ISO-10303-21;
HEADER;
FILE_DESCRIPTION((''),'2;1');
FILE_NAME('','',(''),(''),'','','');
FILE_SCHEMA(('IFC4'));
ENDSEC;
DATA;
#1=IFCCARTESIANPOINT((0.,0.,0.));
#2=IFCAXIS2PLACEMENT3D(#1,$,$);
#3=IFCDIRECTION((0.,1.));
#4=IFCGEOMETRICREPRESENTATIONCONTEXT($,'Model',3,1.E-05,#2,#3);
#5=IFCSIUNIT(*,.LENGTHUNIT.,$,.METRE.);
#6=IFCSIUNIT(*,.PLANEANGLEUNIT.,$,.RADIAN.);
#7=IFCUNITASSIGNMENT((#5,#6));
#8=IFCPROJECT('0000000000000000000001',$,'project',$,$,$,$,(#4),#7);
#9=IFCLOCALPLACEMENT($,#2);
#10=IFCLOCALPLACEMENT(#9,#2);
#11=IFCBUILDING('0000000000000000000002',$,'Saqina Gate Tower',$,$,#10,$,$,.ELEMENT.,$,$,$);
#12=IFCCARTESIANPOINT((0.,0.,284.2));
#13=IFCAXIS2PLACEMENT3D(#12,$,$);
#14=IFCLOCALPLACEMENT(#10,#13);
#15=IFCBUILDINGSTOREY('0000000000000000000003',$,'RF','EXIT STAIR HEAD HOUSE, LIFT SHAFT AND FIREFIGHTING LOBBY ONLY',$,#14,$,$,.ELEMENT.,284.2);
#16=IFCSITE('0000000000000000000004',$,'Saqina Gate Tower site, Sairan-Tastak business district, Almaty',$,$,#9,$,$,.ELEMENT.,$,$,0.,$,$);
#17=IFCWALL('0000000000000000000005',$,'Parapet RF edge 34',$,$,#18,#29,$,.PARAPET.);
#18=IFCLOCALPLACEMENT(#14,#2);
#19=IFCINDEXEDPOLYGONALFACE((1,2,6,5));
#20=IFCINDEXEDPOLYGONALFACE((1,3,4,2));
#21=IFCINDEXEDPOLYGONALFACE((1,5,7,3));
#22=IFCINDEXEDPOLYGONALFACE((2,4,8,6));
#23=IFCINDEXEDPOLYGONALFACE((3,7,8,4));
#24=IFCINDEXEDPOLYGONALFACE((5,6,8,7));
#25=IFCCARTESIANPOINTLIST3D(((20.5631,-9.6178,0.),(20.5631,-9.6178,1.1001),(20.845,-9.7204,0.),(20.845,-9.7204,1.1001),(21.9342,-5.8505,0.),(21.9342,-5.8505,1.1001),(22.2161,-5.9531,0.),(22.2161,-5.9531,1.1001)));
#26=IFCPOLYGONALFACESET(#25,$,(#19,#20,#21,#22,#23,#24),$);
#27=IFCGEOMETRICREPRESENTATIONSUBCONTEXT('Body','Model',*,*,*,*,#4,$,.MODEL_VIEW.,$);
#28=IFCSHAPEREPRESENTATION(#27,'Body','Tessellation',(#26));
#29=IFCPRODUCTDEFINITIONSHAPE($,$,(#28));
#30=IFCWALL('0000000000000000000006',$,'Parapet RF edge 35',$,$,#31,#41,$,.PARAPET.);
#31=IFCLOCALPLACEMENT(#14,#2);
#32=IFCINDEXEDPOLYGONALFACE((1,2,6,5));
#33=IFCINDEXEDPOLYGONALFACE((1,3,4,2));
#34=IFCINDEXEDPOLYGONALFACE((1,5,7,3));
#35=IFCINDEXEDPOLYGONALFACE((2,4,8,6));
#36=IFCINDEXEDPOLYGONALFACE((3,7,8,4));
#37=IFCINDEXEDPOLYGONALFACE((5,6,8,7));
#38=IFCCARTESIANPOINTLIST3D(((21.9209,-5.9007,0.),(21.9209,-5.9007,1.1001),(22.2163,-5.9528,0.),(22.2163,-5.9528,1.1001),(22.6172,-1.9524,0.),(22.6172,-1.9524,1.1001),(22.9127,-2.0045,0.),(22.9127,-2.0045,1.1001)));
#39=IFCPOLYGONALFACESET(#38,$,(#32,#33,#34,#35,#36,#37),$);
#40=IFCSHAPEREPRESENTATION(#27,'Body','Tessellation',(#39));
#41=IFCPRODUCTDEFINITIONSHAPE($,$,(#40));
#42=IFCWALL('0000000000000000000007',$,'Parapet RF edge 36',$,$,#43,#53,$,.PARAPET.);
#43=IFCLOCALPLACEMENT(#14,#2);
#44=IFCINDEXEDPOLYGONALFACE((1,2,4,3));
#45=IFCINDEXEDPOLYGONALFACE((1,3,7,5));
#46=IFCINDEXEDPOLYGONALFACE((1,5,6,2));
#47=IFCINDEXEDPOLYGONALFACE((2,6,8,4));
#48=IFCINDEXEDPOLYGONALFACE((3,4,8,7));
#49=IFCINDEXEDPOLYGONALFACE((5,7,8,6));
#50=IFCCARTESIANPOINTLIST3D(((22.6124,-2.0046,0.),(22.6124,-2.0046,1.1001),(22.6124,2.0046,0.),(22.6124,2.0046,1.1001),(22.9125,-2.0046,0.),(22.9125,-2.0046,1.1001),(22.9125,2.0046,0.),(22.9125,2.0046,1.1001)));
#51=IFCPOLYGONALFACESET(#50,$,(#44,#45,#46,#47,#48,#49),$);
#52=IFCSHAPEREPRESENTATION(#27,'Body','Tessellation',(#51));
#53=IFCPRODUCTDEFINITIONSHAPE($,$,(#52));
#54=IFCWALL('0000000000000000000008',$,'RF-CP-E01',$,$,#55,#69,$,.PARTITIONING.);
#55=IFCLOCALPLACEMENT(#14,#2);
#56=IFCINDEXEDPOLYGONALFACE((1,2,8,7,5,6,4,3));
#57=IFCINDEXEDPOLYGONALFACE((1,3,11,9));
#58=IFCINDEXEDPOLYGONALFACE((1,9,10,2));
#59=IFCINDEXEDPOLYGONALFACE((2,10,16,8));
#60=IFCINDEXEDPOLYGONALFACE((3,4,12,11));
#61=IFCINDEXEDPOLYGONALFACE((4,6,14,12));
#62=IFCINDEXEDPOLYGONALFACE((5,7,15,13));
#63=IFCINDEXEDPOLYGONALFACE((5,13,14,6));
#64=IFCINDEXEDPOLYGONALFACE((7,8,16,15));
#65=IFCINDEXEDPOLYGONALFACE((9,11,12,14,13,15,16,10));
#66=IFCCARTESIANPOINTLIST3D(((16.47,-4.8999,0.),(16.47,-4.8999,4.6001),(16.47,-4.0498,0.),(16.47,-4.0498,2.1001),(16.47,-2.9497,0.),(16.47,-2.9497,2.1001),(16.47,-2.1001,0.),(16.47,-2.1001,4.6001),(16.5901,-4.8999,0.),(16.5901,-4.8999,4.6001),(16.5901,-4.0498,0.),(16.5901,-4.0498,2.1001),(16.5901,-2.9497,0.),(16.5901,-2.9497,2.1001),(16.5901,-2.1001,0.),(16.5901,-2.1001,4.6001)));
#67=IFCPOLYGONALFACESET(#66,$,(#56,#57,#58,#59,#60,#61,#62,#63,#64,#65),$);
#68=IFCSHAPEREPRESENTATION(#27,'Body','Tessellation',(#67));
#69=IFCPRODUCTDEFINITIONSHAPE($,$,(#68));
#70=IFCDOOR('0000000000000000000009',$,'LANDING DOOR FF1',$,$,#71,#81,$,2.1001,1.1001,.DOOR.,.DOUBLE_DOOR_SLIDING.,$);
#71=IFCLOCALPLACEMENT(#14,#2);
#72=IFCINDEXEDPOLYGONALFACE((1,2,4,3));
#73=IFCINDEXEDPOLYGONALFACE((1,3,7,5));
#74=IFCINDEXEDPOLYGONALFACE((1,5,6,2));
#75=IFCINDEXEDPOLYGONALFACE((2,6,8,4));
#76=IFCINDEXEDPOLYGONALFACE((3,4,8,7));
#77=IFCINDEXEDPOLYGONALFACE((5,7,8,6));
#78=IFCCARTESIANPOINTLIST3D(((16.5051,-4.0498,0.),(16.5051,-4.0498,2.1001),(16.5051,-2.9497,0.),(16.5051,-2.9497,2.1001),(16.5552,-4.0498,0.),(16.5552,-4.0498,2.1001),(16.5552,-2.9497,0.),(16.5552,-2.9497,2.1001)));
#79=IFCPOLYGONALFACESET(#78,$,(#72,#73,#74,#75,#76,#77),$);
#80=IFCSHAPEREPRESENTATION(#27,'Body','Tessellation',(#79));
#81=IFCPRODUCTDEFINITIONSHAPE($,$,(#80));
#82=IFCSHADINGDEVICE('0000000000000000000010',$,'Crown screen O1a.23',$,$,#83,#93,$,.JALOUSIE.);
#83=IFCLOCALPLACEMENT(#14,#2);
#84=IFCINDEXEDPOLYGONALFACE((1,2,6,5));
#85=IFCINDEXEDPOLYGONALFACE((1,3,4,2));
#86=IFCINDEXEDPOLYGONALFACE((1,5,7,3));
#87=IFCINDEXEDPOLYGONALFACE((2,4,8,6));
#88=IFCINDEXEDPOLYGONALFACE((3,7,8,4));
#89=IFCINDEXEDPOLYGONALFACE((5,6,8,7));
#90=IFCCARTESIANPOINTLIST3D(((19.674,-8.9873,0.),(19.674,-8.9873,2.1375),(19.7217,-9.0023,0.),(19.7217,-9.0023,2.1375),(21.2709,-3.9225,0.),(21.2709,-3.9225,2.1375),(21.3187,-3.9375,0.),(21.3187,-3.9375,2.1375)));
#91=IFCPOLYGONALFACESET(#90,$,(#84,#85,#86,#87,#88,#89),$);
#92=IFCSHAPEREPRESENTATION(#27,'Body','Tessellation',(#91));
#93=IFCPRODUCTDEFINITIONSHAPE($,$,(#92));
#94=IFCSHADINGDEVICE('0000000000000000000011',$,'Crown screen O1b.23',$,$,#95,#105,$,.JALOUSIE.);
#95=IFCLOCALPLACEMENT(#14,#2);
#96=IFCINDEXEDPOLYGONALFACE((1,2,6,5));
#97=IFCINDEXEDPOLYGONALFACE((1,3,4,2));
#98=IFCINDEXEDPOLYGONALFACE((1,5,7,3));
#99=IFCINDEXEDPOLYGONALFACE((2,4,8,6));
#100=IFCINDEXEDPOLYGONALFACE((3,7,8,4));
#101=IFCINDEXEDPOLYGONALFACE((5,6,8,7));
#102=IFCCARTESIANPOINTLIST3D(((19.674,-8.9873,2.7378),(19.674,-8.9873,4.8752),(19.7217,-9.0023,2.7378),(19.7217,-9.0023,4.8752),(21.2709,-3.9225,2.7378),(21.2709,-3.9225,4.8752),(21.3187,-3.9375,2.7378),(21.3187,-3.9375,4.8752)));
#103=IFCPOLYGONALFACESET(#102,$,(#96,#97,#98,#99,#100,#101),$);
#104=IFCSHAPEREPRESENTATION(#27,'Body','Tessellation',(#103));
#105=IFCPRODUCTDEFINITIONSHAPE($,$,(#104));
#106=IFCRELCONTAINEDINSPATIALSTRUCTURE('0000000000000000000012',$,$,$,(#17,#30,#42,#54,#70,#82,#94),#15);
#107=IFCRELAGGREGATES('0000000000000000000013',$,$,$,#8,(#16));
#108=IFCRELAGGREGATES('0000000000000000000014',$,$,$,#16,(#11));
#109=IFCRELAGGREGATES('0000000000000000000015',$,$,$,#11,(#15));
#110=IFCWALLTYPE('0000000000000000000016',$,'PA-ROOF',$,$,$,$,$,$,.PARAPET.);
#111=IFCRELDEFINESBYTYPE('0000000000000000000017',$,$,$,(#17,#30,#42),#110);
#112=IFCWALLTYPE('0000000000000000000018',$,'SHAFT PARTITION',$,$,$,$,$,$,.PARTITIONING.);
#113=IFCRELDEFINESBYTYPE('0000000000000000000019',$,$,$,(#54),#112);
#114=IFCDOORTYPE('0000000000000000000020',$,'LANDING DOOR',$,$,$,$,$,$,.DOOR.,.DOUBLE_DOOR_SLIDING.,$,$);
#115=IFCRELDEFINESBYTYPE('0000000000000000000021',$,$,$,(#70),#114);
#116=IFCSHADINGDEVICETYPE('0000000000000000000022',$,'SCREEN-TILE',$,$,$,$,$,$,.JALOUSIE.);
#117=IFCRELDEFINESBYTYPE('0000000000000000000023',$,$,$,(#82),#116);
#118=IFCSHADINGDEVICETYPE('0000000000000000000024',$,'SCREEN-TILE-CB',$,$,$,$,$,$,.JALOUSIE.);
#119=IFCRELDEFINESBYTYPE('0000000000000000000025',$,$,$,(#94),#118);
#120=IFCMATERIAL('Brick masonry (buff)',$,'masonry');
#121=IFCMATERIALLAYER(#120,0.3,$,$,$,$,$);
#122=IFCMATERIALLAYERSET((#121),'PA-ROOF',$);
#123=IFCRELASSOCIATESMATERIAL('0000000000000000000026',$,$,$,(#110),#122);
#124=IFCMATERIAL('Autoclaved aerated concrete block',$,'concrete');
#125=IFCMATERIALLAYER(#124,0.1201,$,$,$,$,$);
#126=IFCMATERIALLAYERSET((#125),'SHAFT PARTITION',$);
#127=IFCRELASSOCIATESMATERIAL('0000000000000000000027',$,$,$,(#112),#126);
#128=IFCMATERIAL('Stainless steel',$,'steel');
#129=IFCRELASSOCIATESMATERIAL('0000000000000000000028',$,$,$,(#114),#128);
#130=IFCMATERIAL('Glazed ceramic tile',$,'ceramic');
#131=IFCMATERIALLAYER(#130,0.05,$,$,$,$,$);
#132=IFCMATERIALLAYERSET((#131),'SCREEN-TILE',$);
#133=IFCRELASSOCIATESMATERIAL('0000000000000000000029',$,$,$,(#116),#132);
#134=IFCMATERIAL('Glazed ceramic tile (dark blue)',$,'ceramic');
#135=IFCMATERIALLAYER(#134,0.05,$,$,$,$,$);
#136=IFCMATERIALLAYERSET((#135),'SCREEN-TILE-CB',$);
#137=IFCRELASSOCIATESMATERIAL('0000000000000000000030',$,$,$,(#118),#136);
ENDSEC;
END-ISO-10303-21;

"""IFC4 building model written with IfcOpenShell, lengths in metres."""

from ifc_helpers import new_model, si_unit, direction, frame, frame_2d, origin, origin_2d, place, context, subcontext, project, spatial, rectangle, extrude, material, layer, layer_set, type_object, element, fill, save


model = new_model("IFC4")

# Units and contexts
model_context = context("Model", 3, precision=1e-05, world=origin(), true_north=direction((0.0, 1.0)))
body_context = subcontext(model_context, "Body", "Model", "MODEL_VIEW")
ifc_project = project(units=[si_unit("LENGTHUNIT", "METRE"), si_unit("PLANEANGLEUNIT", "RADIAN")], contexts=[model_context])

# Site, building, storey
site_placement = place(None, origin())
site = spatial("IfcSite", under=ifc_project, at=site_placement, Name="Saqina Gate Tower site, Sairan-Tastak business district, Almaty", CompositionType="ELEMENT", RefElevation=0.0)
building_placement = place(site_placement, origin())
building = spatial("IfcBuilding", under=site, at=building_placement, Name="Saqina Gate Tower", CompositionType="ELEMENT")
storey_placement = place(building_placement, frame((0.0, 0.0, 284.2)))
storey = spatial("IfcBuildingStorey", under=building, at=storey_placement, Name="RF", Description="EXIT STAIR HEAD HOUSE, LIFT SHAFT AND FIREFIGHTING LOBBY ONLY", CompositionType="ELEMENT", Elevation=284.2)

# Walls
ifc_material_1 = material(Name="Brick masonry (buff)", Category="masonry")
ifc_layer_1 = layer(ifc_material_1, 0.3)
ifc_layer_set_1 = layer_set([ifc_layer_1], Name="PA-ROOF")
wall_type_1 = type_object("IfcWallType", Name="PA-ROOF", PredefinedType="PARAPET", material=ifc_layer_set_1)
wall_1_placement = place(storey_placement, frame((20.7041, -9.6689, 0.0), z_axis=(0.0, 0.0, 1.0), x_axis=(0.341997, 0.939701, 0.0)))
element("IfcWall", 1, at=wall_1_placement, inside=storey, type_object=wall_type_1, Name="Parapet RF edge 34", PredefinedType="PARAPET", context=body_context, shape_type="SweptSolid", body=[
    extrude(rectangle(XDim=4.009, YDim=0.3, at=frame_2d((2.0044, 0.0))), origin(), (0.0, 0.0, 1.0), 1.1001),
])
for number, where, z_axis, x_axis, name in (
    (2, (22.0686, -5.9268, 0.0), (0.0, 0.0, 1.0), (0.173674, 0.984803, 0.0), "Parapet RF edge 35"),
    (3, (22.7625, -2.0046, 0.0), (0.0, 0.0, 1.0), (0.0, 1.0, 0.0), "Parapet RF edge 36"),
):
    element("IfcWall", number, at=place(storey_placement, frame(where, z_axis=z_axis, x_axis=x_axis)), inside=storey, type_object=wall_type_1, Name=name, PredefinedType="PARAPET", context=body_context, shape_type="SweptSolid", body=[
        extrude(rectangle(XDim=4.0093, YDim=0.3, at=frame_2d((2.0046, 0.0))), origin(), (0.0, 0.0, 1.0), 1.1001),
    ])

# Wall, opening, door
ifc_material_2 = material(Name="Autoclaved aerated concrete block", Category="concrete")
ifc_layer_2 = layer(ifc_material_2, 0.1201)
ifc_layer_set_2 = layer_set([ifc_layer_2], Name="SHAFT PARTITION")
wall_type_2 = type_object("IfcWallType", Name="SHAFT PARTITION", PredefinedType="PARTITIONING", material=ifc_layer_set_2)
wall_2_placement = place(storey_placement, frame((16.53, -4.8999, 0.0), z_axis=(0.0, 0.0, 1.0), x_axis=(0.0, 1.0, 0.0)))
wall_2 = element("IfcWall", 4, at=wall_2_placement, inside=storey, type_object=wall_type_2, Name="RF-CP-E01", PredefinedType="PARTITIONING", context=body_context, shape_type="SweptSolid", body=[
    extrude(rectangle(XDim=2.7998, YDim=0.1201, at=frame_2d((1.3999, 0.0))), origin(), (0.0, 0.0, 1.0), 4.6001),
])
opening_1_placement = place(wall_2_placement, frame((0.8501, 0.0, 0.0)))
opening_1 = element("IfcOpeningElement", 5, at=opening_1_placement, cuts=wall_2, PredefinedType="OPENING", context=body_context, shape_type="SweptSolid", body=[
    extrude(rectangle(XDim=1.1001, YDim=2.1001, at=frame_2d((0.55, 1.05))), frame((0.0, 0.072, 0.0), z_axis=(0.0, -1.0, 0.0), x_axis=(1.0, 0.0, 0.0)), (0.0, 0.0, 1.0), 0.144),
])
ifc_material_3 = material(Name="Stainless steel", Category="steel")
door_type_1 = type_object("IfcDoorType", Name="LANDING DOOR", OperationType="DOUBLE_DOOR_SLIDING", PredefinedType="DOOR", material=ifc_material_3)
door_1_placement = place(opening_1_placement, origin())
door_1 = element("IfcDoor", 6, at=door_1_placement, inside=storey, type_object=door_type_1, Name="LANDING DOOR FF1", OperationType="DOUBLE_DOOR_SLIDING", OverallHeight=2.1001, OverallWidth=1.1001, PredefinedType="DOOR", context=body_context, shape_type="SweptSolid", body=[
    extrude(rectangle(XDim=1.1001, YDim=2.1001, at=frame_2d((0.55, 1.05))), frame((0.0, 0.0249, 0.0), z_axis=(0.0, -1.0, 0.0), x_axis=(1.0, 0.0, 0.0)), (0.0, 0.0, 1.0), 0.05),
])
fill(opening_1, door_1)

# Shading devices
ifc_material_4 = material(Name="Glazed ceramic tile", Category="ceramic")
ifc_layer_3 = layer(ifc_material_4, 0.05)
ifc_layer_set_3 = layer_set([ifc_layer_3], Name="SCREEN-TILE")
shading_device_type_1 = type_object("IfcShadingDeviceType", Name="SCREEN-TILE", PredefinedType="JALOUSIE", material=ifc_layer_set_3)
shading_device_1_placement = place(storey_placement, frame((20.4963, -6.4624, 0.0), z_axis=(0.0, 0.0, 1.0), x_axis=(0.300706, 0.953717, 0.0)))
element("IfcShadingDevice", 7, at=shading_device_1_placement, inside=storey, type_object=shading_device_type_1, Name="Crown screen O1a.23", PredefinedType="JALOUSIE", context=body_context, shape_type="SweptSolid", body=[
    extrude(rectangle(XDim=5.3105, YDim=0.05, at=origin_2d()), origin(), (0.0, 0.0, 1.0), 2.1375),
])
ifc_material_5 = material(Name="Glazed ceramic tile (dark blue)", Category="ceramic")
ifc_layer_4 = layer(ifc_material_5, 0.05)
ifc_layer_set_4 = layer_set([ifc_layer_4], Name="SCREEN-TILE-CB")
shading_device_type_2 = type_object("IfcShadingDeviceType", Name="SCREEN-TILE-CB", PredefinedType="JALOUSIE", material=ifc_layer_set_4)
shading_device_2_placement = place(storey_placement, frame((20.4963, -6.4624, 2.7378), z_axis=(0.0, 0.0, 1.0), x_axis=(0.300706, 0.953717, 0.0)))
element("IfcShadingDevice", 8, at=shading_device_2_placement, inside=storey, type_object=shading_device_type_2, Name="Crown screen O1b.23", PredefinedType="JALOUSIE", context=body_context, shape_type="SweptSolid", body=[
    extrude(rectangle(XDim=5.3105, YDim=0.05, at=origin_2d()), origin(), (0.0, 0.0, 1.0), 2.1375),
])

save(model, "model.ifc")
